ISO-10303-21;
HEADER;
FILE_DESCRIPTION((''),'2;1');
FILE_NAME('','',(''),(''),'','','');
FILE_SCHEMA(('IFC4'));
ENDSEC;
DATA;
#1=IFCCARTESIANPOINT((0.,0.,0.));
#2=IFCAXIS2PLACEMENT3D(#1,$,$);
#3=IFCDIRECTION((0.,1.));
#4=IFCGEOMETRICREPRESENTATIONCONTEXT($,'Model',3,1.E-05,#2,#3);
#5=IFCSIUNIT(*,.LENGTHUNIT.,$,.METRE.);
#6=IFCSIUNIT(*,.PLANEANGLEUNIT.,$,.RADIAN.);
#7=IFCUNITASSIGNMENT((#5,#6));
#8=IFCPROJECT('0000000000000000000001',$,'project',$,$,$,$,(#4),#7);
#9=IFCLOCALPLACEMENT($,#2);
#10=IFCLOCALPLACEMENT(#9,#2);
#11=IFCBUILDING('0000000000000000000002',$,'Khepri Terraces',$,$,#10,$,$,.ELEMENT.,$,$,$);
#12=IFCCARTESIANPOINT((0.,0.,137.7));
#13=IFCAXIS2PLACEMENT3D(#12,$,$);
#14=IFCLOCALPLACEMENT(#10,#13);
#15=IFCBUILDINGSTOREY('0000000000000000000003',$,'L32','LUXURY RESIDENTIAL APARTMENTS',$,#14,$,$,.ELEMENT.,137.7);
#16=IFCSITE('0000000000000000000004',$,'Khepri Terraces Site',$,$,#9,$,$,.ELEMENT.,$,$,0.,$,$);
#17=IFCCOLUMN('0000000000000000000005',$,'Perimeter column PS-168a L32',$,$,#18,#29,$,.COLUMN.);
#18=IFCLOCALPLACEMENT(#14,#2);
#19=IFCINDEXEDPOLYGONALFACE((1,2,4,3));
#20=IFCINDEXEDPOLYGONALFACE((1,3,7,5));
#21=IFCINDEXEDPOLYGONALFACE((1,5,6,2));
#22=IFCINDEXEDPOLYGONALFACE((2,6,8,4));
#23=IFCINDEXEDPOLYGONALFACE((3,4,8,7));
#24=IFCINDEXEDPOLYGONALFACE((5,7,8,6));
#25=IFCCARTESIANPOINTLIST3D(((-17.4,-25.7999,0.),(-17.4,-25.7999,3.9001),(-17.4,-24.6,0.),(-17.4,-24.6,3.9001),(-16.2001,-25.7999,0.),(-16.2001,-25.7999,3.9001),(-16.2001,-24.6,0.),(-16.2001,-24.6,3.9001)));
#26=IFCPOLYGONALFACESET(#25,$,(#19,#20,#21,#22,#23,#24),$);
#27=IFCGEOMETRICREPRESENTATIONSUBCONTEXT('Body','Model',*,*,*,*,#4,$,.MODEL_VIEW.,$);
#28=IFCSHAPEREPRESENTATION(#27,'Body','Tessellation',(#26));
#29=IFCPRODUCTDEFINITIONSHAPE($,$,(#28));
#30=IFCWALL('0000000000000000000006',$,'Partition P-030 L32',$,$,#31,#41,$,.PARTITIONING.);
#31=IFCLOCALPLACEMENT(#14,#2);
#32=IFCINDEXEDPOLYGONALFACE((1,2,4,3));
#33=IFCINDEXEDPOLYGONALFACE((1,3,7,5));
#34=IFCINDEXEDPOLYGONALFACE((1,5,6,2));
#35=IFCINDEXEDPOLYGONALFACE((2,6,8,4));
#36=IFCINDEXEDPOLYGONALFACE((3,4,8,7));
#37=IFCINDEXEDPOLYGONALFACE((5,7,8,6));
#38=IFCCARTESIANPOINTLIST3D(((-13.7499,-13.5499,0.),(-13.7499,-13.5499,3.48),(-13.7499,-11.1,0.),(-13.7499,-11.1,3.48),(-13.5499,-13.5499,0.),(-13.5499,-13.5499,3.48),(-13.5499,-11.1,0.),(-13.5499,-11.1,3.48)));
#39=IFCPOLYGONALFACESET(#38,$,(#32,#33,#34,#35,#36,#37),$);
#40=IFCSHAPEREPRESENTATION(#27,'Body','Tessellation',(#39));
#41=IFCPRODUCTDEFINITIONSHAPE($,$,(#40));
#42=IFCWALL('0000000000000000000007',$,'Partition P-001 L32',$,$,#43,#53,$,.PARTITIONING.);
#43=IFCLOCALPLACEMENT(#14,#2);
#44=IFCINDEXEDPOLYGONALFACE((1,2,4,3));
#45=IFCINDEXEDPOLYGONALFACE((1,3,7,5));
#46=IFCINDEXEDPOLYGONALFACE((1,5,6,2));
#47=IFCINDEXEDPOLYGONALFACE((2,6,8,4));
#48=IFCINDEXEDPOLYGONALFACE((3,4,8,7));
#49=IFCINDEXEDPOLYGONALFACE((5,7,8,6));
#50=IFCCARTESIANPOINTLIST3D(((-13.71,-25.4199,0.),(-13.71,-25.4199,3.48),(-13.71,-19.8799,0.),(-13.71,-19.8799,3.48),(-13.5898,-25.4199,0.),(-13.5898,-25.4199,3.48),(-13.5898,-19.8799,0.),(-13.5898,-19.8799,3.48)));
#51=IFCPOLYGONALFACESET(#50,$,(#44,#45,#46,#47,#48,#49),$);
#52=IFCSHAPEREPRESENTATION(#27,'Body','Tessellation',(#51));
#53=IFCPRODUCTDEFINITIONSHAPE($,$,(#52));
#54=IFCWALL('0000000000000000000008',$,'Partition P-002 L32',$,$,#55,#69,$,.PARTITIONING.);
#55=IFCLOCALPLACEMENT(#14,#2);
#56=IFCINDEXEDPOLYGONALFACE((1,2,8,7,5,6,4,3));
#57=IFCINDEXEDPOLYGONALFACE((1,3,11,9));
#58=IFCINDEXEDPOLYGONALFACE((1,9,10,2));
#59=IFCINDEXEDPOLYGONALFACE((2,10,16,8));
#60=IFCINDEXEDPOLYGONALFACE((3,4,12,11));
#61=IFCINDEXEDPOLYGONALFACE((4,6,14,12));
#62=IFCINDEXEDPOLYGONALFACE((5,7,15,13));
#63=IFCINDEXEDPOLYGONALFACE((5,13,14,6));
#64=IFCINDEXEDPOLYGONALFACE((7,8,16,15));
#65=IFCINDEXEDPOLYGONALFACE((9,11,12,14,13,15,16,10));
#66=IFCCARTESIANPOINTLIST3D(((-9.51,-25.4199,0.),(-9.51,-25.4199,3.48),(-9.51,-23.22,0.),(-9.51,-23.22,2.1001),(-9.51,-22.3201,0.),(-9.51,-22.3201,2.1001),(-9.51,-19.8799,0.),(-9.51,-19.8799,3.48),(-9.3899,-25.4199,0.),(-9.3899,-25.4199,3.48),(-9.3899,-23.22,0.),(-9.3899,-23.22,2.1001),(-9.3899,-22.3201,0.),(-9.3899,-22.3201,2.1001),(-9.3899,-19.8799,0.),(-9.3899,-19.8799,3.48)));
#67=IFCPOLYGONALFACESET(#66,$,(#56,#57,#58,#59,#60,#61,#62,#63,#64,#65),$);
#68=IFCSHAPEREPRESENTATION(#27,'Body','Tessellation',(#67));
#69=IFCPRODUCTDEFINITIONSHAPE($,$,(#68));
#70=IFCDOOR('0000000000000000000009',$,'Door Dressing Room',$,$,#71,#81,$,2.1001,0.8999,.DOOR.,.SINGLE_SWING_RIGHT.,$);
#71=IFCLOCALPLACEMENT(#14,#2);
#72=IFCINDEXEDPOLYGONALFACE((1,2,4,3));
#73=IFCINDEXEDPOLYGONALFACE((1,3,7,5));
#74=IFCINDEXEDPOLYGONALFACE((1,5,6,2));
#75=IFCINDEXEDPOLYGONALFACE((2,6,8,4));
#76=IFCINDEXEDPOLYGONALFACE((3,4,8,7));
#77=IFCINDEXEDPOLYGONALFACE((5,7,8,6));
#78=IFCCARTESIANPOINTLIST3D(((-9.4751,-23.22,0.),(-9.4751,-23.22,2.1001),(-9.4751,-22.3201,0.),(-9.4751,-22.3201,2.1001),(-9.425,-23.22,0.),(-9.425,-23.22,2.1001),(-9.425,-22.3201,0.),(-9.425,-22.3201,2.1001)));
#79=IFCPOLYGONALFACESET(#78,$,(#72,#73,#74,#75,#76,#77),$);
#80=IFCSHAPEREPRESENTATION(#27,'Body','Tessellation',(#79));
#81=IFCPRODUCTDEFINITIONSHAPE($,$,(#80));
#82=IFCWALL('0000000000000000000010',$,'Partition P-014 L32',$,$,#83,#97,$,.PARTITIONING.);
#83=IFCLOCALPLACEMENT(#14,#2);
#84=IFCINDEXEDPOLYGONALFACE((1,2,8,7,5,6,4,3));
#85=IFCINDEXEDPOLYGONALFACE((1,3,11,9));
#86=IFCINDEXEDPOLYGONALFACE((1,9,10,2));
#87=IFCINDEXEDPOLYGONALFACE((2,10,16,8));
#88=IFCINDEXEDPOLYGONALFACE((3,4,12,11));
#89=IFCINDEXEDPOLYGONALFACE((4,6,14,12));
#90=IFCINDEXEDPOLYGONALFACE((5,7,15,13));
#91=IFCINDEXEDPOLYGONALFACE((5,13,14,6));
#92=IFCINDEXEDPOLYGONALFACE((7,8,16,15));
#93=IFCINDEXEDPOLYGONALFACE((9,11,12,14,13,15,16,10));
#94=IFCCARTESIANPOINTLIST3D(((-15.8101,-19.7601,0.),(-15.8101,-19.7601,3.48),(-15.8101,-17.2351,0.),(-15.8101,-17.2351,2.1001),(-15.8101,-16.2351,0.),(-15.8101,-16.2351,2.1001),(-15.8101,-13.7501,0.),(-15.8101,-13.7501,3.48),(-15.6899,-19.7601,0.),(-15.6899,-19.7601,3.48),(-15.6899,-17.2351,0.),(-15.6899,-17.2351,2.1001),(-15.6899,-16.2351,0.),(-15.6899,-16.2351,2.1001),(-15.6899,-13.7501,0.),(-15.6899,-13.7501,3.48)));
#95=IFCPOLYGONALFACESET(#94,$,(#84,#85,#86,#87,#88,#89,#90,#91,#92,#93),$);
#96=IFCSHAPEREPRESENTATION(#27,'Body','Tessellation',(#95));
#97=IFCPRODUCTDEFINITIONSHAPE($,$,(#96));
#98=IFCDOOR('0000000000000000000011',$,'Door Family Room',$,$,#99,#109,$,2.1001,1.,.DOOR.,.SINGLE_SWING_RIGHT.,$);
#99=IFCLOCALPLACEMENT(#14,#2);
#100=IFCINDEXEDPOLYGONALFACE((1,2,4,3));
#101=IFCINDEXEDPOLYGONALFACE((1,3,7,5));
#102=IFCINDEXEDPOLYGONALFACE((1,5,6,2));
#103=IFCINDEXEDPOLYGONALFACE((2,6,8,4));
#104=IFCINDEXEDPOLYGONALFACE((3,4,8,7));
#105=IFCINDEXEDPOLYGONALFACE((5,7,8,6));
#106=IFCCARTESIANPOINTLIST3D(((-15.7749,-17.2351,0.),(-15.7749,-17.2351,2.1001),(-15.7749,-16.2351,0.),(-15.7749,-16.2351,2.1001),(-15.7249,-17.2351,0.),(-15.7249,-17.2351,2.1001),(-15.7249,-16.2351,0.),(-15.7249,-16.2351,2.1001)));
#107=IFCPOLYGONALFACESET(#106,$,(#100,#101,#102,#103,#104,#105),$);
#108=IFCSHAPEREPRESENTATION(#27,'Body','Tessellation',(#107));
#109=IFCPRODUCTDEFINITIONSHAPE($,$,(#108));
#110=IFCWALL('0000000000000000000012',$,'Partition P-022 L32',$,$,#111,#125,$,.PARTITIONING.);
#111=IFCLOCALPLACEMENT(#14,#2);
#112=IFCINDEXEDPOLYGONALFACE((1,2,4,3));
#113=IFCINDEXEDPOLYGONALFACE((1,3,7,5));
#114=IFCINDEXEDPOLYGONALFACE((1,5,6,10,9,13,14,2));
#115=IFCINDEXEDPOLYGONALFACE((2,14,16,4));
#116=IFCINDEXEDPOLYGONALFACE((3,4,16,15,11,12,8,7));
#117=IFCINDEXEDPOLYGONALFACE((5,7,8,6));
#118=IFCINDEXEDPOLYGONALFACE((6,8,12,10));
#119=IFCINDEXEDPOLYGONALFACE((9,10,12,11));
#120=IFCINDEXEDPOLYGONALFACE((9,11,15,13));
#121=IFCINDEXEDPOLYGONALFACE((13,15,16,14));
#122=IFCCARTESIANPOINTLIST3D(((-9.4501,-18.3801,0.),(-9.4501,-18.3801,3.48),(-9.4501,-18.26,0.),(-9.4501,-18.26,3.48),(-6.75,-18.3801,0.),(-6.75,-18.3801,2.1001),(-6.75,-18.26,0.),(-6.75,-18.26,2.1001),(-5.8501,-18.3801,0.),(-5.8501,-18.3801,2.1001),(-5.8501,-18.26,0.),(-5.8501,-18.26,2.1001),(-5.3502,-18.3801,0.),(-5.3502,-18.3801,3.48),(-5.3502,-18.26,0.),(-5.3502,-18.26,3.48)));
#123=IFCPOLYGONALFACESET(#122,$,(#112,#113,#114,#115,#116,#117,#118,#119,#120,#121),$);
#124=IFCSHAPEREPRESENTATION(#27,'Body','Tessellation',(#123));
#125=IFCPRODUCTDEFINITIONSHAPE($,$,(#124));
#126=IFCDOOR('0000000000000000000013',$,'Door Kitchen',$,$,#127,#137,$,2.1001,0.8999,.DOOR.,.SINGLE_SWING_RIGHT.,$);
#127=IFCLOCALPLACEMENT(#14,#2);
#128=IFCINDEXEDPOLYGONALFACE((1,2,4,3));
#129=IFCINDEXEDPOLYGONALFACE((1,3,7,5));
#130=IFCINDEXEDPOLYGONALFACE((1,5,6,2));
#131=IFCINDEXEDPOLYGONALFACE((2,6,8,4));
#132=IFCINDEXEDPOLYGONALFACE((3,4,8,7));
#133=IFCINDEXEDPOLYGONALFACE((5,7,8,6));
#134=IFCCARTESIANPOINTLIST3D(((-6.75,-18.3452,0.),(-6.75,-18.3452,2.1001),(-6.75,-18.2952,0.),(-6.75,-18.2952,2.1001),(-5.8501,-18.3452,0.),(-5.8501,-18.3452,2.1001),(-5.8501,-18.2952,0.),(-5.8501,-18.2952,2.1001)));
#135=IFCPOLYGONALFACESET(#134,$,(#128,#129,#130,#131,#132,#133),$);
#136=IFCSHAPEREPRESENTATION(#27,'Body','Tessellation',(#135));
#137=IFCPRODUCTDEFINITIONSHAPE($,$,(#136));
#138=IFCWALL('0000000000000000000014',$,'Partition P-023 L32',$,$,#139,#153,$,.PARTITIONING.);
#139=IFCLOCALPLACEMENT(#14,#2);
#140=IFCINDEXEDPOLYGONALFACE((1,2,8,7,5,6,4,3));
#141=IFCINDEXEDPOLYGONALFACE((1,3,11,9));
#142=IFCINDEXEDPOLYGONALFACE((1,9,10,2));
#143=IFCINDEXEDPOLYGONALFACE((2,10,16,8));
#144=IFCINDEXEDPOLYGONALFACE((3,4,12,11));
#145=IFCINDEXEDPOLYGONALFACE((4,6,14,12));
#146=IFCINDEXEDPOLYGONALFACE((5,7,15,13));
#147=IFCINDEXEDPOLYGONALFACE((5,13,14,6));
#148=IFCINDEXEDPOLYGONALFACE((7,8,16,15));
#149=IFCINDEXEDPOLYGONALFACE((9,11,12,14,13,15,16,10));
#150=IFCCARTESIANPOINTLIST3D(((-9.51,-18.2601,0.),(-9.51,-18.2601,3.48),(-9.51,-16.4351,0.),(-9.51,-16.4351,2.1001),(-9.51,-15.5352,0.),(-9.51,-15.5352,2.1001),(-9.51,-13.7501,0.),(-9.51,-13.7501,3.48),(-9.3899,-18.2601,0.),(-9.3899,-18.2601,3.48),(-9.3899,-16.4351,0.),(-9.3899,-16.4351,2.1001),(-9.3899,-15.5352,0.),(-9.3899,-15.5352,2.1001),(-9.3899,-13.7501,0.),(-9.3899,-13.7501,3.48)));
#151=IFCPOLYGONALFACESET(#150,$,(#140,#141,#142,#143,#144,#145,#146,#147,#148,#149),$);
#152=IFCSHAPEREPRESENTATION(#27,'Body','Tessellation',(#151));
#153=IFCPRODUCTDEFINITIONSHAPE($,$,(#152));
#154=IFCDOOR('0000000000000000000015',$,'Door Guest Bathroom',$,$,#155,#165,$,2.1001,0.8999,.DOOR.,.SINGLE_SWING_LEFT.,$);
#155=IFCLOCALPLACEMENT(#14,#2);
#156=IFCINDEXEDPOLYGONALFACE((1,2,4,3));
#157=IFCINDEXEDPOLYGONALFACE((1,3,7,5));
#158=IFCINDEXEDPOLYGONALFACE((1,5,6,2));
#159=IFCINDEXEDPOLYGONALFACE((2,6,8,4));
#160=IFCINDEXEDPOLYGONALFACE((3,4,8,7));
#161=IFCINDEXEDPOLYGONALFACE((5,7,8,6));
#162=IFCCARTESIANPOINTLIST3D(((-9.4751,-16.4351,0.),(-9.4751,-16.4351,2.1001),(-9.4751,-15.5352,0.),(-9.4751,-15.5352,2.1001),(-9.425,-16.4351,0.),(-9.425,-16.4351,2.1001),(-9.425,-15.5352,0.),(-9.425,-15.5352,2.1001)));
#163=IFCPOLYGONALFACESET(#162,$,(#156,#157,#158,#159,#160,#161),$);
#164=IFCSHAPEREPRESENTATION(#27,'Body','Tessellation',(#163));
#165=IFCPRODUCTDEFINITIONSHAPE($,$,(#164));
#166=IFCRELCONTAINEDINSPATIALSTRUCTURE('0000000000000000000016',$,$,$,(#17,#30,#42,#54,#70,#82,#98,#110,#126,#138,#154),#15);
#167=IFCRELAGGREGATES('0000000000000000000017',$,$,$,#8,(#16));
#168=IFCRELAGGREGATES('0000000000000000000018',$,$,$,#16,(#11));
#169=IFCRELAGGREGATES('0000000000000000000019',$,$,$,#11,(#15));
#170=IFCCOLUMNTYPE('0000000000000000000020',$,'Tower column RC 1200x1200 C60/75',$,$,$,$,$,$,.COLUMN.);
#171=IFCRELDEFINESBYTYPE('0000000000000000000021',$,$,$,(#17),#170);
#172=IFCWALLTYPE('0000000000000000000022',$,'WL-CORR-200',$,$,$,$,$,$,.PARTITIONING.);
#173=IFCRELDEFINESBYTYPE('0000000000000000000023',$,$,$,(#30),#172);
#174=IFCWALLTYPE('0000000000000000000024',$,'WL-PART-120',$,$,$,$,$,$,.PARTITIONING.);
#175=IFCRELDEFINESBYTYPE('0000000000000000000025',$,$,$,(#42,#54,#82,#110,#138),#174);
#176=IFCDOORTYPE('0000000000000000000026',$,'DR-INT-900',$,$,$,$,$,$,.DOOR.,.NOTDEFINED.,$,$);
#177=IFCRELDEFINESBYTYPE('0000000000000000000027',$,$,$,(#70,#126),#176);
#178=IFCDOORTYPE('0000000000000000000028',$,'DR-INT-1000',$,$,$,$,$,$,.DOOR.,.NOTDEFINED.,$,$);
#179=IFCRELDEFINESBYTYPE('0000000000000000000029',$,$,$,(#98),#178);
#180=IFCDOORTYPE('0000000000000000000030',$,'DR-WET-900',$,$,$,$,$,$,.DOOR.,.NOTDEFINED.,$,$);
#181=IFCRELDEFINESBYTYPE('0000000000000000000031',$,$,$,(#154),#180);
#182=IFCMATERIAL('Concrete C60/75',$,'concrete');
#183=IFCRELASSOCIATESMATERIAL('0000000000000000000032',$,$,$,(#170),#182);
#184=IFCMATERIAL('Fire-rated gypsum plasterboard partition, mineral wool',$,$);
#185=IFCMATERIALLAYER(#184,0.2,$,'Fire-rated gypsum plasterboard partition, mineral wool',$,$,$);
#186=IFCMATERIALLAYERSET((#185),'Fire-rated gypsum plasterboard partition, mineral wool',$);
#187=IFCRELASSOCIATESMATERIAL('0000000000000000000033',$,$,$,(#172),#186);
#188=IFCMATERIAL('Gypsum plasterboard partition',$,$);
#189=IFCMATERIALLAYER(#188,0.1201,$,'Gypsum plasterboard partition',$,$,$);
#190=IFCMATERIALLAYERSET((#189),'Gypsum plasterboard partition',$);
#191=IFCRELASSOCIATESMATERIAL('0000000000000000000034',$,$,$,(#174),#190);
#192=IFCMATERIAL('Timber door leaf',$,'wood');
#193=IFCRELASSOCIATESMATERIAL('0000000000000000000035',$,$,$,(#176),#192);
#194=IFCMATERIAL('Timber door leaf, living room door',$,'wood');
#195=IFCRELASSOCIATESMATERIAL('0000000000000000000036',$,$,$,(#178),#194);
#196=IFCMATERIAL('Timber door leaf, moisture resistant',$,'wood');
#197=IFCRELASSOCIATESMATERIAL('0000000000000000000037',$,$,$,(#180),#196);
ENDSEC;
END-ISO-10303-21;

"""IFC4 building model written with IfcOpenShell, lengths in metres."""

from ifc_helpers import new_model, si_unit, direction, frame, frame_2d, origin, origin_2d, place, context, subcontext, project, spatial, rectangle, extrude, material, layer, layer_set, material_profile, profile_set, type_object, element, fill, save


model = new_model("IFC4")

# Units and contexts
model_context = context("Model", 3, precision=1e-05, world=origin(), true_north=direction((0.0, 1.0)))
body_context = subcontext(model_context, "Body", "Model", "MODEL_VIEW")
ifc_project = project(units=[si_unit("LENGTHUNIT", "METRE"), si_unit("PLANEANGLEUNIT", "RADIAN")], contexts=[model_context])

# Site, building, storey
site_placement = place(None, origin())
site = spatial("IfcSite", under=ifc_project, at=site_placement, Name="Khepri Terraces Site", CompositionType="ELEMENT", RefElevation=0.0)
building_placement = place(site_placement, origin())
building = spatial("IfcBuilding", under=site, at=building_placement, Name="Khepri Terraces", CompositionType="ELEMENT")
storey_placement = place(building_placement, frame((0.0, 0.0, 137.7)))
storey = spatial("IfcBuildingStorey", under=building, at=storey_placement, Name="L32", Description="LUXURY RESIDENTIAL APARTMENTS", CompositionType="ELEMENT", Elevation=137.7)

# Column
ifc_material_1 = material(Name="Concrete C60/75", Category="concrete")
ifc_material_profile = material_profile(ifc_material_1, rectangle(XDim=1.2, YDim=1.2, at=origin_2d()), Name="Concrete C60/75", Category="concrete")
ifc_profile_set = profile_set([ifc_material_profile], Name="Concrete C60/75")
column_type = type_object("IfcColumnType", Name="Tower column RC 1200x1200 C60/75", PredefinedType="COLUMN", material=ifc_profile_set)
column_placement = place(storey_placement, frame((-16.8, -25.2, 0.0), z_axis=(0.0, 0.0, 1.0), x_axis=(1.0, 0.0, 0.0)))
element("IfcColumn", 1, at=column_placement, inside=storey, type_object=column_type, Name="Perimeter column PS-168a L32", PredefinedType="COLUMN", context=body_context, shape_type="SweptSolid", body=[
    extrude(rectangle(XDim=1.2, YDim=1.2, at=origin_2d()), origin(), (0.0, 0.0, 1.0), 3.9001),
])

# Wall
ifc_material_2 = material(Name="Fire-rated gypsum plasterboard partition, mineral wool")
ifc_layer_1 = layer(ifc_material_2, 0.2, Name="Fire-rated gypsum plasterboard partition, mineral wool")
ifc_layer_set_1 = layer_set([ifc_layer_1], Name="Fire-rated gypsum plasterboard partition, mineral wool")
wall_type_1 = type_object("IfcWallType", Name="WL-CORR-200", PredefinedType="PARTITIONING", material=ifc_layer_set_1)
wall_1_placement = place(storey_placement, frame((-13.6499, -13.55, 0.0), z_axis=(0.0, 0.0, 1.0), x_axis=(0.0, 1.0, 0.0)))
element("IfcWall", 2, at=wall_1_placement, inside=storey, type_object=wall_type_1, Name="Partition P-030 L32", PredefinedType="PARTITIONING", context=body_context, shape_type="SweptSolid", body=[
    extrude(rectangle(XDim=2.45, YDim=0.2, at=frame_2d((1.2251, 0.0))), origin(), (0.0, 0.0, 1.0), 3.48),
])

# Wall
ifc_material_3 = material(Name="Gypsum plasterboard partition")
ifc_layer_2 = layer(ifc_material_3, 0.1201, Name="Gypsum plasterboard partition")
ifc_layer_set_2 = layer_set([ifc_layer_2], Name="Gypsum plasterboard partition")
wall_type_2 = type_object("IfcWallType", Name="WL-PART-120", PredefinedType="PARTITIONING", material=ifc_layer_set_2)
wall_2_placement = place(storey_placement, frame((-13.6499, -25.4199, 0.0), z_axis=(0.0, 0.0, 1.0), x_axis=(0.0, 1.0, 0.0)))
element("IfcWall", 3, at=wall_2_placement, inside=storey, type_object=wall_type_2, Name="Partition P-001 L32", PredefinedType="PARTITIONING", context=body_context, shape_type="SweptSolid", body=[
    extrude(rectangle(XDim=5.54, YDim=0.1201, at=frame_2d((2.77, 0.0))), origin(), (0.0, 0.0, 1.0), 3.48),
])

# Walls, openings, doors
wall_3_placement = place(storey_placement, frame((-9.45, -25.4199, 0.0), z_axis=(0.0, 0.0, 1.0), x_axis=(0.0, 1.0, 0.0)))
wall_3 = element("IfcWall", 4, at=wall_3_placement, inside=storey, type_object=wall_type_2, Name="Partition P-002 L32", PredefinedType="PARTITIONING", context=body_context, shape_type="SweptSolid", body=[
    extrude(rectangle(XDim=5.54, YDim=0.1201, at=frame_2d((2.77, 0.0))), origin(), (0.0, 0.0, 1.0), 3.48),
])
opening_1_placement = place(wall_3_placement, frame((2.2, 0.0, 0.0)))
opening_1 = element("IfcOpeningElement", 5, at=opening_1_placement, cuts=wall_3, PredefinedType="OPENING", context=body_context, shape_type="SweptSolid", body=[
    extrude(rectangle(XDim=0.8999, YDim=2.1001, at=frame_2d((0.45, 1.05))), frame((0.0, 0.0701, 0.0), z_axis=(0.0, -1.0, 0.0), x_axis=(1.0, 0.0, 0.0)), (0.0, 0.0, 1.0), 0.1401),
])
ifc_material_4 = material(Name="Timber door leaf", Category="wood")
door_type_1 = type_object("IfcDoorType", Name="DR-INT-900", OperationType="NOTDEFINED", PredefinedType="DOOR", material=ifc_material_4)
door_1_placement = place(opening_1_placement, frame((0.8999, 0.0, 0.0), z_axis=(0.0, 0.0, 1.0), x_axis=(-1.0, 0.0, 0.0)))
door_1 = element("IfcDoor", 6, at=door_1_placement, inside=storey, type_object=door_type_1, Name="Door Dressing Room", OperationType="SINGLE_SWING_RIGHT", OverallHeight=2.1001, OverallWidth=0.8999, PredefinedType="DOOR", context=body_context, shape_type="SweptSolid", body=[
    extrude(rectangle(XDim=0.8999, YDim=2.1001, at=frame_2d((0.45, 1.05))), frame((0.0, 0.0249, 0.0), z_axis=(0.0, -1.0, 0.0), x_axis=(1.0, 0.0, 0.0)), (0.0, 0.0, 1.0), 0.05),
])
fill(opening_1, door_1)
wall_4_placement = place(storey_placement, frame((-15.75, -19.76, 0.0), z_axis=(0.0, 0.0, 1.0), x_axis=(0.0, 1.0, 0.0)))
wall_4 = element("IfcWall", 7, at=wall_4_placement, inside=storey, type_object=wall_type_2, Name="Partition P-014 L32", PredefinedType="PARTITIONING", context=body_context, shape_type="SweptSolid", body=[
    extrude(rectangle(XDim=6.01, YDim=0.1201, at=frame_2d((3.0049, 0.0))), origin(), (0.0, 0.0, 1.0), 3.48),
])
opening_2_placement = place(wall_4_placement, frame((2.5249, 0.0, 0.0)))
opening_2 = element("IfcOpeningElement", 8, at=opening_2_placement, cuts=wall_4, PredefinedType="OPENING", context=body_context, shape_type="SweptSolid", body=[
    extrude(rectangle(XDim=1.0, YDim=2.1001, at=frame_2d((0.5, 1.05))), frame((0.0, 0.0701, 0.0), z_axis=(0.0, -1.0, 0.0), x_axis=(1.0, 0.0, 0.0)), (0.0, 0.0, 1.0), 0.1401),
])
ifc_material_5 = material(Name="Timber door leaf, living room door", Category="wood")
door_type_2 = type_object("IfcDoorType", Name="DR-INT-1000", OperationType="NOTDEFINED", PredefinedType="DOOR", material=ifc_material_5)
door_2_placement = place(opening_2_placement, origin())
door_2 = element("IfcDoor", 9, at=door_2_placement, inside=storey, type_object=door_type_2, Name="Door Family Room", OperationType="SINGLE_SWING_RIGHT", OverallHeight=2.1001, OverallWidth=1.0, PredefinedType="DOOR", context=body_context, shape_type="SweptSolid", body=[
    extrude(rectangle(XDim=1.0, YDim=2.1001, at=frame_2d((0.5, 1.05))), frame((0.0, 0.0249, 0.0), z_axis=(0.0, -1.0, 0.0), x_axis=(1.0, 0.0, 0.0)), (0.0, 0.0, 1.0), 0.05),
])
fill(opening_2, door_2)
wall_5_placement = place(storey_placement, frame((-9.45, -18.3201, 0.0), z_axis=(0.0, 0.0, 1.0), x_axis=(1.0, 0.0, 0.0)))
wall_5 = element("IfcWall", 10, at=wall_5_placement, inside=storey, type_object=wall_type_2, Name="Partition P-022 L32", PredefinedType="PARTITIONING", context=body_context, shape_type="SweptSolid", body=[
    extrude(rectangle(XDim=4.0999, YDim=0.1201, at=frame_2d((2.0498, 0.0))), origin(), (0.0, 0.0, 1.0), 3.48),
])
opening_3_placement = place(wall_5_placement, frame((2.7, 0.0, 0.0)))
opening_3 = element("IfcOpeningElement", 11, at=opening_3_placement, cuts=wall_5, PredefinedType="OPENING", context=body_context, shape_type="SweptSolid", body=[
    extrude(rectangle(XDim=0.8999, YDim=2.1001, at=frame_2d((0.45, 1.05))), frame((0.0, 0.0701, 0.0), z_axis=(0.0, -1.0, 0.0), x_axis=(1.0, 0.0, 0.0)), (0.0, 0.0, 1.0), 0.1401),
])
door_3_placement = place(opening_3_placement, origin())
door_3 = element("IfcDoor", 12, at=door_3_placement, inside=storey, type_object=door_type_1, Name="Door Kitchen", OperationType="SINGLE_SWING_RIGHT", OverallHeight=2.1001, OverallWidth=0.8999, PredefinedType="DOOR", context=body_context, shape_type="SweptSolid", body=[
    extrude(rectangle(XDim=0.8999, YDim=2.1001, at=frame_2d((0.45, 1.05))), frame((0.0, 0.0249, 0.0), z_axis=(0.0, -1.0, 0.0), x_axis=(1.0, 0.0, 0.0)), (0.0, 0.0, 1.0), 0.05),
])
fill(opening_3, door_3)
wall_6_placement = place(storey_placement, frame((-9.45, -18.26, 0.0), z_axis=(0.0, 0.0, 1.0), x_axis=(0.0, 1.0, 0.0)))
wall_6 = element("IfcWall", 13, at=wall_6_placement, inside=storey, type_object=wall_type_2, Name="Partition P-023 L32", PredefinedType="PARTITIONING", context=body_context, shape_type="SweptSolid", body=[
    extrude(rectangle(XDim=4.51, YDim=0.1201, at=frame_2d((2.2549, 0.0))), origin(), (0.0, 0.0, 1.0), 3.48),
])
opening_4_placement = place(wall_6_placement, frame((1.825, 0.0, 0.0)))
opening_4 = element("IfcOpeningElement", 14, at=opening_4_placement, cuts=wall_6, PredefinedType="OPENING", context=body_context, shape_type="SweptSolid", body=[
    extrude(rectangle(XDim=0.8999, YDim=2.1001, at=frame_2d((0.45, 1.05))), frame((0.0, 0.0701, 0.0), z_axis=(0.0, -1.0, 0.0), x_axis=(1.0, 0.0, 0.0)), (0.0, 0.0, 1.0), 0.1401),
])
ifc_material_6 = material(Name="Timber door leaf, moisture resistant", Category="wood")
door_type_3 = type_object("IfcDoorType", Name="DR-WET-900", OperationType="NOTDEFINED", PredefinedType="DOOR", material=ifc_material_6)
door_4_placement = place(opening_4_placement, frame((0.8999, 0.0, 0.0), z_axis=(0.0, 0.0, 1.0), x_axis=(-1.0, 0.0, 0.0)))
door_4 = element("IfcDoor", 15, at=door_4_placement, inside=storey, type_object=door_type_3, Name="Door Guest Bathroom", OperationType="SINGLE_SWING_LEFT", OverallHeight=2.1001, OverallWidth=0.8999, PredefinedType="DOOR", context=body_context, shape_type="SweptSolid", body=[
    extrude(rectangle(XDim=0.8999, YDim=2.1001, at=frame_2d((0.45, 1.05))), frame((0.0, 0.0249, 0.0), z_axis=(0.0, -1.0, 0.0), x_axis=(1.0, 0.0, 0.0)), (0.0, 0.0, 1.0), 0.05),
])
fill(opening_4, door_4)

save(model, "model.ifc")
